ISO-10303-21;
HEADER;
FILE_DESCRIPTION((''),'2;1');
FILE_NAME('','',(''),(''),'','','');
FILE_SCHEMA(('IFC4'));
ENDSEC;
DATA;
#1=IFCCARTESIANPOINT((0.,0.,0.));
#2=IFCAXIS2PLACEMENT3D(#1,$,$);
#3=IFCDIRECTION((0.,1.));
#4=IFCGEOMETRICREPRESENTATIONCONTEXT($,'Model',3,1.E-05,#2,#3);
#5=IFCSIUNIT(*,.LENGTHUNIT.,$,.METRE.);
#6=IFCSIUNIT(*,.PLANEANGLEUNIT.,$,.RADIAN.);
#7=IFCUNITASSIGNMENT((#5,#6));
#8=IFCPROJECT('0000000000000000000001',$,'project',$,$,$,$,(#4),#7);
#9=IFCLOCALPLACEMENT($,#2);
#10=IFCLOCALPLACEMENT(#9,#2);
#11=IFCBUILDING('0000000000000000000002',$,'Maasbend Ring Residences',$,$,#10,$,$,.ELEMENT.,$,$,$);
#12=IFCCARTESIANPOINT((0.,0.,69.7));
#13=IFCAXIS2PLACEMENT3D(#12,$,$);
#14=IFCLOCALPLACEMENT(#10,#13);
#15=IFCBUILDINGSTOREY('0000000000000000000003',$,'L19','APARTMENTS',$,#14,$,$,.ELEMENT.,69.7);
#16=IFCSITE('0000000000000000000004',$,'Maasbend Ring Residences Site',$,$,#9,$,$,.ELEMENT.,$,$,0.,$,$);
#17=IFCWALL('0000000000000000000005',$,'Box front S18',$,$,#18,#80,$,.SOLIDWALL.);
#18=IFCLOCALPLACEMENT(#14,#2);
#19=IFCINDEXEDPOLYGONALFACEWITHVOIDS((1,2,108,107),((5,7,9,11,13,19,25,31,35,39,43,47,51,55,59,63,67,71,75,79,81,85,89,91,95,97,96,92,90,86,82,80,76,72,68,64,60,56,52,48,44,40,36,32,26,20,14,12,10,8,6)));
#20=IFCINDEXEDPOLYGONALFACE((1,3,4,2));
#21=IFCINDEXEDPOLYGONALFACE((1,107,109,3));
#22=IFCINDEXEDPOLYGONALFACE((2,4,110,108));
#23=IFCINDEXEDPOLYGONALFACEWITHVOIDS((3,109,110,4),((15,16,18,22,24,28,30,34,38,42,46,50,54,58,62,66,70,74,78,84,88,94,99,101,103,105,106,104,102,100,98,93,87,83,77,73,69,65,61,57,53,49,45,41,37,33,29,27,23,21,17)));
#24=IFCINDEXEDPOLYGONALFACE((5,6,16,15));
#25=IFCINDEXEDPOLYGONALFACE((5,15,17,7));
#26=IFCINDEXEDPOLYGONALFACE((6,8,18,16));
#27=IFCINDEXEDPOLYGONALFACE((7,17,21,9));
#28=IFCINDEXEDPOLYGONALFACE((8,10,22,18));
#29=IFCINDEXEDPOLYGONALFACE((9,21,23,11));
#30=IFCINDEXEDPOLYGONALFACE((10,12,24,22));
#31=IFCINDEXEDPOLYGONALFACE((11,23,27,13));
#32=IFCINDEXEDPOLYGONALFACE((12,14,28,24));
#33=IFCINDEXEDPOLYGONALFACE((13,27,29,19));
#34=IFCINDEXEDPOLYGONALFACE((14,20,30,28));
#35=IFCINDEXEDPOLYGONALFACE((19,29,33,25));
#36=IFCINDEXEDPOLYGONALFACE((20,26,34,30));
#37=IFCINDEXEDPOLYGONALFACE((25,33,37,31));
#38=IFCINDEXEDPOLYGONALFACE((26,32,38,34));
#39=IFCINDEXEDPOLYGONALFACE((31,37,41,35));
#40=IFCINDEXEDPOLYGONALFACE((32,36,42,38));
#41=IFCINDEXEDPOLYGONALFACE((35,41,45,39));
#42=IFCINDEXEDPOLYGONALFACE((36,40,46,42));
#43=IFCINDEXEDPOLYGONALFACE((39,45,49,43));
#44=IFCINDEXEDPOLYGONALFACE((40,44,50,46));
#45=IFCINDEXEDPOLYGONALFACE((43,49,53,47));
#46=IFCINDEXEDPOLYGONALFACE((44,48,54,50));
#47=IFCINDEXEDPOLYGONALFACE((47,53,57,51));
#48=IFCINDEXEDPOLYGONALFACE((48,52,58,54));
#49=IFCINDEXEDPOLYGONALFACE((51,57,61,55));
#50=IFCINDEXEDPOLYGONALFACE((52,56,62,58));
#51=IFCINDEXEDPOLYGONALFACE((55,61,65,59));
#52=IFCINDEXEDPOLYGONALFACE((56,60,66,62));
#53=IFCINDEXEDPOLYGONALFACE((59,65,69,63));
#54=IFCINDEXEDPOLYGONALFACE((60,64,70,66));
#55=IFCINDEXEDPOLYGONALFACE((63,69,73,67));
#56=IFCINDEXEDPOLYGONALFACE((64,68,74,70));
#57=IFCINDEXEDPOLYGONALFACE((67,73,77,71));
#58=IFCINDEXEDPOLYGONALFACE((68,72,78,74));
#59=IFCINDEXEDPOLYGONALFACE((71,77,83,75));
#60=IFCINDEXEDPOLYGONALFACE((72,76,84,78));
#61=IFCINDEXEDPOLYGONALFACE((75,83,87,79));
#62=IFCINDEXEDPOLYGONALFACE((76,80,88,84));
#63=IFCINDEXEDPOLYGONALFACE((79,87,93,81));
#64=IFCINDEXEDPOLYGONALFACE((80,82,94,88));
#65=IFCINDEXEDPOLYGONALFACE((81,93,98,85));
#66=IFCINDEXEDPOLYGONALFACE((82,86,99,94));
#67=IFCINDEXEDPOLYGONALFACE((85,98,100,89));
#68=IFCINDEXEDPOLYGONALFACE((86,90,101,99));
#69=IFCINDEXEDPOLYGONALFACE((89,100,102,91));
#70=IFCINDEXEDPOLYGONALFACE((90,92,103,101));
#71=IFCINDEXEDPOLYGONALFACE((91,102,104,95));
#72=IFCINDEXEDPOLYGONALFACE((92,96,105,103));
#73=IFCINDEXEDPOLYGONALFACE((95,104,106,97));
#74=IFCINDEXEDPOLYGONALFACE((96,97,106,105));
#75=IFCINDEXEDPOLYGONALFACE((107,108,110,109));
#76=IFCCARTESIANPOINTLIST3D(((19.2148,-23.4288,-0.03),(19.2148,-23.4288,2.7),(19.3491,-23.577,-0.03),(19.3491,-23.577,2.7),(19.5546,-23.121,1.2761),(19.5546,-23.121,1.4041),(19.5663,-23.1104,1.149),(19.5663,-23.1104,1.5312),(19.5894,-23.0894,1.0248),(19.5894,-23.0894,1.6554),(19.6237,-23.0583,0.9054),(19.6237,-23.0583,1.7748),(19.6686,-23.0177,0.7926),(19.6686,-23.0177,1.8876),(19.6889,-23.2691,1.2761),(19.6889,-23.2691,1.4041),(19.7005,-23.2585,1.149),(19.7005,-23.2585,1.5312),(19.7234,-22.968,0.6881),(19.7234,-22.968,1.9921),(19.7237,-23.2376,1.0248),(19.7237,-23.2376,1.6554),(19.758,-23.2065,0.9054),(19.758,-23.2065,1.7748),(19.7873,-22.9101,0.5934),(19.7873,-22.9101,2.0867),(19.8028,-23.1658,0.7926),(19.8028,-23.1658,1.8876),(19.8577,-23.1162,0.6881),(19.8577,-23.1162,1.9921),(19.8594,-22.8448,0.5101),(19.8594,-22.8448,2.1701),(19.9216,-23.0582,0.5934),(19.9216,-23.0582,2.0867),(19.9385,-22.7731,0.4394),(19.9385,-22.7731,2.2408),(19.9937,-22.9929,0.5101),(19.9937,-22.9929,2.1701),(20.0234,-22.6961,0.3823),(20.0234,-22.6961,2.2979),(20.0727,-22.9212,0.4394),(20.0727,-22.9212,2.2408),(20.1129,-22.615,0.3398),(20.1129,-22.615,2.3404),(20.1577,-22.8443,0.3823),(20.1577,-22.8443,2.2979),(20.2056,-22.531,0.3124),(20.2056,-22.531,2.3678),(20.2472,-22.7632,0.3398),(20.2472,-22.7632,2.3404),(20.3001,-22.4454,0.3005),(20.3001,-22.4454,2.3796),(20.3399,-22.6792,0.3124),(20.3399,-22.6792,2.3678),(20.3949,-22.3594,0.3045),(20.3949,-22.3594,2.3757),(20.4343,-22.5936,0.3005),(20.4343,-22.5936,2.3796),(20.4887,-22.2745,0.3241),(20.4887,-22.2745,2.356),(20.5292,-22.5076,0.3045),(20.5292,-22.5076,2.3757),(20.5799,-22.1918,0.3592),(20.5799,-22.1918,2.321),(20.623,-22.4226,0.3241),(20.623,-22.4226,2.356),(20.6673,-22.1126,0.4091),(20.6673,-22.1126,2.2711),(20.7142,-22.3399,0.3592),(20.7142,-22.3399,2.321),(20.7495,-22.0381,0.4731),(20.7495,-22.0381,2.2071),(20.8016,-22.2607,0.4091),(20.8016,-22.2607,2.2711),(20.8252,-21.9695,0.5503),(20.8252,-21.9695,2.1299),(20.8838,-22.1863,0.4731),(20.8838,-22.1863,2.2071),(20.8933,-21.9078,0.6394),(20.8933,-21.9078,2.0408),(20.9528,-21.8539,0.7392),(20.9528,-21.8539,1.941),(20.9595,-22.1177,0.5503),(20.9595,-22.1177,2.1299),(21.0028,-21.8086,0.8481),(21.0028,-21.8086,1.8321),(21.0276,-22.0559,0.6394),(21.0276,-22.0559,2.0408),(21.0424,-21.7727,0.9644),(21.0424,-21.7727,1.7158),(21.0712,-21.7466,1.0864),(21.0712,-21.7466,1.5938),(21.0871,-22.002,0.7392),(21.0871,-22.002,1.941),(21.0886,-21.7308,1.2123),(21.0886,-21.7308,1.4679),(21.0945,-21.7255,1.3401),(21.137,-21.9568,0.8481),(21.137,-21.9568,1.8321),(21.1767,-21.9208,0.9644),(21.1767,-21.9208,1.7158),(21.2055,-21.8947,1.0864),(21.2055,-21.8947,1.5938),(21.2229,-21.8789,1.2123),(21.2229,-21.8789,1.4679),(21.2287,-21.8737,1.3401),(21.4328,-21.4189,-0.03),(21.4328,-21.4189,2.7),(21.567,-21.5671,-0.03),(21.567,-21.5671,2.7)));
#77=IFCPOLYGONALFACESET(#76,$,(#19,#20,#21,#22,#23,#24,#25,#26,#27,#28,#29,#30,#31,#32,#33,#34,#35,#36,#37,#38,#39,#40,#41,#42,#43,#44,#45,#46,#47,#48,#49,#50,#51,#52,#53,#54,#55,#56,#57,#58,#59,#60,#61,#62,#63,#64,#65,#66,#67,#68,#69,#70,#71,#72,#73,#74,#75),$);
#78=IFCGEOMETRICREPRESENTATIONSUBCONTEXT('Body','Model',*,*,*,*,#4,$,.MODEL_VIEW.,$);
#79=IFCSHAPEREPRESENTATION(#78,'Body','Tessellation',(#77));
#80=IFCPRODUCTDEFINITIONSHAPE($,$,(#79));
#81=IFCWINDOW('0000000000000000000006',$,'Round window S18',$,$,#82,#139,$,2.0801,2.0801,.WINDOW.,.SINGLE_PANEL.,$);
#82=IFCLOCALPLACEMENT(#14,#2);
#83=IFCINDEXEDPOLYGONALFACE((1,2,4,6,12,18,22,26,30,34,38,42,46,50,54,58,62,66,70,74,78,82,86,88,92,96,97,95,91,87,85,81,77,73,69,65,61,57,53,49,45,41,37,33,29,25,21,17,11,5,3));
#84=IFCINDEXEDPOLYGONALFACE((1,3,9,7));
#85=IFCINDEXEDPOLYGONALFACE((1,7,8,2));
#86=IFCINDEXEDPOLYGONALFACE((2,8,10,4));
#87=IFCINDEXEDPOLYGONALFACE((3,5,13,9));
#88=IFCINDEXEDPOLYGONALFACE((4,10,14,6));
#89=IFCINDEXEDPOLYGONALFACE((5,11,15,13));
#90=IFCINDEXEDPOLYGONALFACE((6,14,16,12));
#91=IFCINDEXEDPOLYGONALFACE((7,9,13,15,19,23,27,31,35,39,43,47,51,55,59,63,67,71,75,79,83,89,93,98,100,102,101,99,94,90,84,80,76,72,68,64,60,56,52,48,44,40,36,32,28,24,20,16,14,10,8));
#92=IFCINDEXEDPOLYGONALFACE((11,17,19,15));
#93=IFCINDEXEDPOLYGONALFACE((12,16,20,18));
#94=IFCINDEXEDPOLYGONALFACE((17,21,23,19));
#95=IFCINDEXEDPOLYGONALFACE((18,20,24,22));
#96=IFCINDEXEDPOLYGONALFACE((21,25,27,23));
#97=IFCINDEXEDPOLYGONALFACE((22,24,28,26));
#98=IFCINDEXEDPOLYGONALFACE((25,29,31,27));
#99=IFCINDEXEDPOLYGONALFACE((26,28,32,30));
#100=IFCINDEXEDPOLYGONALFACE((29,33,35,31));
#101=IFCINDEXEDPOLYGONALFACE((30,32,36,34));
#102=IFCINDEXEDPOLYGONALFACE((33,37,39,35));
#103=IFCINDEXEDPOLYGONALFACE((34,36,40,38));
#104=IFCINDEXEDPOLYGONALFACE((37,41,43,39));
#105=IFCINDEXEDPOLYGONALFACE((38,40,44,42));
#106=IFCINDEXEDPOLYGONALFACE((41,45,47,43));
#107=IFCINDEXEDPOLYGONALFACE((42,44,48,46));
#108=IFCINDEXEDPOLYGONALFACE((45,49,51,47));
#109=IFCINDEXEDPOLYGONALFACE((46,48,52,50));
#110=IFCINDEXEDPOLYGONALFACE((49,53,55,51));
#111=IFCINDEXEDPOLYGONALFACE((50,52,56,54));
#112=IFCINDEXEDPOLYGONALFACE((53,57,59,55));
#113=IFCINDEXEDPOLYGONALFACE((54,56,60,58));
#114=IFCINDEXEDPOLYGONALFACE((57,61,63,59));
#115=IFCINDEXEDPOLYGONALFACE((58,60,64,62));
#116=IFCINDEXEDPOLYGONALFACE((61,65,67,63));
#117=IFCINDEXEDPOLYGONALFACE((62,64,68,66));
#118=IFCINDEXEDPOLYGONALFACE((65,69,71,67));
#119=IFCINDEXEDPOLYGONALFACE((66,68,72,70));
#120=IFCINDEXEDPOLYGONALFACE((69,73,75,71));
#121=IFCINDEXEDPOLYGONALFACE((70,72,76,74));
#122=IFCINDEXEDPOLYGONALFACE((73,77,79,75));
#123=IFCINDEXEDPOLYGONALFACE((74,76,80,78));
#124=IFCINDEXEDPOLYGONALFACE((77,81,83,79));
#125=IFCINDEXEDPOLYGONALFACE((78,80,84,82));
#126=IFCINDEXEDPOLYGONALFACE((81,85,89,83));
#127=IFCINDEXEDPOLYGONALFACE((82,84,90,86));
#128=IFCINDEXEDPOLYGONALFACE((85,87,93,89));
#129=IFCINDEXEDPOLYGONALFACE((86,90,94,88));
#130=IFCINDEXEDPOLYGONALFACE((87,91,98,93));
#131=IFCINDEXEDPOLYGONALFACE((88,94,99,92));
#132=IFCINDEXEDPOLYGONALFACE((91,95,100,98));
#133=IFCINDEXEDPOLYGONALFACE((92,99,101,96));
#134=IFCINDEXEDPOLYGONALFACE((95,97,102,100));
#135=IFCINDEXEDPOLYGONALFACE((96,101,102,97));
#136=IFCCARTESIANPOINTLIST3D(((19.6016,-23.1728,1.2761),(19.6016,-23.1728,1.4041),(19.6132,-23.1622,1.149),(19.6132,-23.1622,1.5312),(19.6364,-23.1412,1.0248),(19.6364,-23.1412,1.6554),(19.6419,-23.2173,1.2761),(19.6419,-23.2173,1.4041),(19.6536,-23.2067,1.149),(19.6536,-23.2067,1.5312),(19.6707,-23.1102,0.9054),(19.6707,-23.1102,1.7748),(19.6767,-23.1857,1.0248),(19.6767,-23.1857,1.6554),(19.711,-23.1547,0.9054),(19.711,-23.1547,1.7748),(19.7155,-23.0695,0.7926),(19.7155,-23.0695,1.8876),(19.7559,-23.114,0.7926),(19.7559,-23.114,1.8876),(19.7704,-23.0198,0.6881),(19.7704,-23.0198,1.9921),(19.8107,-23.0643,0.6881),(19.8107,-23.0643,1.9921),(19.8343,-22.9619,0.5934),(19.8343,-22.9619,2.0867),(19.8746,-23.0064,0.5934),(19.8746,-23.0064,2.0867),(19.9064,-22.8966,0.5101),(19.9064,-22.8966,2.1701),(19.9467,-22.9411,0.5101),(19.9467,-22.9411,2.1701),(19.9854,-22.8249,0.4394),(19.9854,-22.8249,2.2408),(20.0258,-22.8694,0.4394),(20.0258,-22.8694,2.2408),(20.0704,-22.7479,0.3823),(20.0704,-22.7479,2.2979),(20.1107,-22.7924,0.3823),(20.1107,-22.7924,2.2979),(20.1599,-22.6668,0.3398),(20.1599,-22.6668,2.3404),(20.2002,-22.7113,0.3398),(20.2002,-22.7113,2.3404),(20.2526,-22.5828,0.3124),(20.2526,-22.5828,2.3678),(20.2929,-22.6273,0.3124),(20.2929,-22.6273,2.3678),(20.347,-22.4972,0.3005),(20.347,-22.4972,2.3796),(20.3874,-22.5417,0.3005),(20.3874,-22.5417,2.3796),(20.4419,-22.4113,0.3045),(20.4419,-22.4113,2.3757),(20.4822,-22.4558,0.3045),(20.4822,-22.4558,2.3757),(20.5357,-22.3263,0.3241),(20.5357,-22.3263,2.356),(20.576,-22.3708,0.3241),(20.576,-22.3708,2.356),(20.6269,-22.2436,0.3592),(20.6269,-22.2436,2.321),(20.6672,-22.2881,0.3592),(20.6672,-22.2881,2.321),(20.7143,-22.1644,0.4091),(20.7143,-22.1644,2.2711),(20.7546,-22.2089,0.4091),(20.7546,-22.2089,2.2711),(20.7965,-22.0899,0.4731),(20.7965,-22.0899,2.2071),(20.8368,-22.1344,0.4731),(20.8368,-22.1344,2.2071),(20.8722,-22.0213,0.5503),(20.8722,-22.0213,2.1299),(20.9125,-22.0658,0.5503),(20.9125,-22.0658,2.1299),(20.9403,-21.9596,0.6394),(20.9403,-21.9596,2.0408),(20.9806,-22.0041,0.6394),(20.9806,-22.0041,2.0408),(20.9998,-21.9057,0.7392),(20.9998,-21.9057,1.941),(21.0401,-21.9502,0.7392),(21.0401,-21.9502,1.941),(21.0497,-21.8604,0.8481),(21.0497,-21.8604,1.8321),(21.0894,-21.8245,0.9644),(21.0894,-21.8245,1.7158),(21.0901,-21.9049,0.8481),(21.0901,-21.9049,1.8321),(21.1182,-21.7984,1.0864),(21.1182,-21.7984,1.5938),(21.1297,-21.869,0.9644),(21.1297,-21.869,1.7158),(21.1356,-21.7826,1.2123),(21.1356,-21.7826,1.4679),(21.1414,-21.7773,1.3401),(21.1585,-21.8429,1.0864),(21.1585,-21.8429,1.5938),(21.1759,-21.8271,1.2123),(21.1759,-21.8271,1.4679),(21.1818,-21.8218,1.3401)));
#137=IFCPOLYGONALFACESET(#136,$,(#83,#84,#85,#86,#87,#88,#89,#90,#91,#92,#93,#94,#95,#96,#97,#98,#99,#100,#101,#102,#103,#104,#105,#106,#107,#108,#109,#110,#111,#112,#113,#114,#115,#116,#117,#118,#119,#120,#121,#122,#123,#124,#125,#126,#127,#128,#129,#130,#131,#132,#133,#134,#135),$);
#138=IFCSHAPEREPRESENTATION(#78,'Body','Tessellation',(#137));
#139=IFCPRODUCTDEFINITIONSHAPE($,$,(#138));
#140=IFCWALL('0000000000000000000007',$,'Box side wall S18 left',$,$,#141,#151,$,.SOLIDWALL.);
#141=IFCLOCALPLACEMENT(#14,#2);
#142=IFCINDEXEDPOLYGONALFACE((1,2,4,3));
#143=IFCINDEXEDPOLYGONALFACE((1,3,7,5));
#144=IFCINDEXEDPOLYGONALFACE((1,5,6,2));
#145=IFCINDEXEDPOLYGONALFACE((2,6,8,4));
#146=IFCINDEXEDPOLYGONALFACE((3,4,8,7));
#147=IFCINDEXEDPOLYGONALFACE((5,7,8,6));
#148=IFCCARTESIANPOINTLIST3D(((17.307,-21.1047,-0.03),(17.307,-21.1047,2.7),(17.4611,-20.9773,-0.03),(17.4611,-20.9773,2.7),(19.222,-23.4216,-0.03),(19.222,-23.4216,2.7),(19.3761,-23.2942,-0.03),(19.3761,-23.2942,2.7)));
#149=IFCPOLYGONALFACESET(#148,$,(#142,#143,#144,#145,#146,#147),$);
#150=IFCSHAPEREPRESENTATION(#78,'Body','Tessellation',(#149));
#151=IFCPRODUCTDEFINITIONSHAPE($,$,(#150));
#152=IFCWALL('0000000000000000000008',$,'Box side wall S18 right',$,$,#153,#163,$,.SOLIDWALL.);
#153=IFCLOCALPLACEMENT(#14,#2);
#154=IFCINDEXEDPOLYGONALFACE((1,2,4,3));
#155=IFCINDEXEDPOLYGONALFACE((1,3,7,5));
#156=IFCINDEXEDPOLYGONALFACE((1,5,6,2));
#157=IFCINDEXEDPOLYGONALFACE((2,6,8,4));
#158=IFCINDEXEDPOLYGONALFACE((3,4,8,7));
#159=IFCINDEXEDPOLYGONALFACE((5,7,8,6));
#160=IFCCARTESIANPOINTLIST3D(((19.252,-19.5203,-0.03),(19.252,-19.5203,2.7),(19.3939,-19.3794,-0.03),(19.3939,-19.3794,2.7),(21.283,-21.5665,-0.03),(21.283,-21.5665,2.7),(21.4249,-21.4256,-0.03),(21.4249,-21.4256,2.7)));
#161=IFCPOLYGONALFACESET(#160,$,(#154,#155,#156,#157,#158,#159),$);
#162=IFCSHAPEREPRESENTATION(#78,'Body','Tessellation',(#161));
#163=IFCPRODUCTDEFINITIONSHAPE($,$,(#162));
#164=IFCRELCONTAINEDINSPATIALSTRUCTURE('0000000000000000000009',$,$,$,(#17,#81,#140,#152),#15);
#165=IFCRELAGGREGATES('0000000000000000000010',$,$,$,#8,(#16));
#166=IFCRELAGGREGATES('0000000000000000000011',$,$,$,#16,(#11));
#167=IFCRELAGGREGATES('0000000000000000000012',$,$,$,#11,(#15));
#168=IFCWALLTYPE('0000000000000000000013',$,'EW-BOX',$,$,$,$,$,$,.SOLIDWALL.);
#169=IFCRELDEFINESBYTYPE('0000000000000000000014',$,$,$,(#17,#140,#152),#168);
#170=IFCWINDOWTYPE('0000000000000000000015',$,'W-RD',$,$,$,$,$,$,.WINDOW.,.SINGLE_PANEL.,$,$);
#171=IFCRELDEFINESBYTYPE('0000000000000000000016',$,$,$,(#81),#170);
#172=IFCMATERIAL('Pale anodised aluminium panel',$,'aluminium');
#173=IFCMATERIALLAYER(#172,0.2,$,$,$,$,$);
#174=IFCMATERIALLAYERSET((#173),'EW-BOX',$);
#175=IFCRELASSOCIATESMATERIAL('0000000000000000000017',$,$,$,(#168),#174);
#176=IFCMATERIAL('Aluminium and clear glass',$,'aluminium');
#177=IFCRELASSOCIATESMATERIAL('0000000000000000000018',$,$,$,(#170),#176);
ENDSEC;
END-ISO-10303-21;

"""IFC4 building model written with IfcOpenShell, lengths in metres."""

from ifc_helpers import new_model, si_unit, direction, frame, frame_2d, origin, place, context, subcontext, project, spatial, rectangle, circle, extrude, material, layer, layer_set, type_object, element, fill, save


model = new_model("IFC4")

# Units and contexts
model_context = context("Model", 3, precision=1e-05, world=origin(), true_north=direction((0.0, 1.0)))
body_context = subcontext(model_context, "Body", "Model", "MODEL_VIEW")
ifc_project = project(units=[si_unit("LENGTHUNIT", "METRE"), si_unit("PLANEANGLEUNIT", "RADIAN")], contexts=[model_context])

# Site, building, storey
site_placement = place(None, origin())
site = spatial("IfcSite", under=ifc_project, at=site_placement, Name="Maasbend Ring Residences Site", CompositionType="ELEMENT", RefElevation=0.0)
building_placement = place(site_placement, origin())
building = spatial("IfcBuilding", under=site, at=building_placement, Name="Maasbend Ring Residences", CompositionType="ELEMENT")
storey_placement = place(building_placement, frame((0.0, 0.0, 69.7)))
storey = spatial("IfcBuildingStorey", under=building, at=storey_placement, Name="L19", Description="APARTMENTS", CompositionType="ELEMENT", Elevation=69.7)

# Shared definitions
ifc_material_1 = material(Name="Pale anodised aluminium panel", Category="aluminium")
ifc_layer_1 = layer(ifc_material_1, 0.2)
ifc_layer_set_1 = layer_set([ifc_layer_1], Name="EW-BOX")
wall_type_1 = type_object("IfcWallType", Name="EW-BOX", PredefinedType="SOLIDWALL", material=ifc_layer_set_1)
ifc_material_2 = material(Name="Aluminium and clear glass", Category="aluminium")
window_type_1 = type_object("IfcWindowType", Name="W-RD", PartitioningType="SINGLE_PANEL", PredefinedType="WINDOW", material=ifc_material_2)

# Wall, opening, window
wall_1_placement = place(storey_placement, frame((19.282, -23.5029, -0.03), z_axis=(0.0, 0.0, 1.0), x_axis=(0.740998, 0.671507, 0.0)))
wall_1 = element("IfcWall", 1, at=wall_1_placement, inside=storey, type_object=wall_type_1, Name="Box front S18", PredefinedType="SOLIDWALL", context=body_context, shape_type="SweptSolid", body=[
    extrude(rectangle(XDim=2.9932, YDim=0.2, at=frame_2d((1.4966, 0.0))), origin(), (0.0, 0.0, 1.0), 2.73),
])
opening_1_placement = place(wall_1_placement, frame((0.4565, 0.0, 0.3301)))
opening_1 = element("IfcOpeningElement", 2, at=opening_1_placement, cuts=wall_1, PredefinedType="OPENING", context=body_context, shape_type="SweptSolid", body=[
    extrude(circle(Radius=1.04, at=frame_2d((1.04, 1.04))), frame((0.0, 0.1099, 0.0), z_axis=(0.0, -1.0, 0.0), x_axis=(1.0, 0.0, 0.0)), (0.0, 0.0, 1.0), 0.22),
])
window_1_placement = place(opening_1_placement, origin())
window_1 = element("IfcWindow", 3, at=window_1_placement, inside=storey, type_object=window_type_1, Name="Round window S18", OverallHeight=2.0801, OverallWidth=2.0801, PartitioningType="SINGLE_PANEL", PredefinedType="WINDOW", context=body_context, shape_type="SweptSolid", body=[
    extrude(circle(Radius=1.04, at=frame_2d((1.04, 1.04))), frame((0.0, 0.03, 0.0), z_axis=(0.0, -1.0, 0.0), x_axis=(1.0, 0.0, 0.0)), (0.0, 0.0, 1.0), 0.0601),
])
fill(opening_1, window_1)

# Walls
wall_2_placement = place(storey_placement, frame((17.384, -21.041, -0.03), z_axis=(0.0, 0.0, 1.0), x_axis=(0.637096, -0.770785, 0.0)))
element("IfcWall", 4, at=wall_2_placement, inside=storey, type_object=wall_type_1, Name="Box side wall S18 left", PredefinedType="SOLIDWALL", context=body_context, shape_type="SweptSolid", body=[
    extrude(rectangle(XDim=3.0059, YDim=0.2, at=frame_2d((1.5029, 0.0))), origin(), (0.0, 0.0, 1.0), 2.73),
])
wall_3_placement = place(storey_placement, frame((19.323, -19.45, -0.03), z_axis=(0.0, 0.0, 1.0), x_axis=(0.704477, -0.709727, 0.0)))
element("IfcWall", 5, at=wall_3_placement, inside=storey, type_object=wall_type_1, Name="Box side wall S18 right", PredefinedType="SOLIDWALL", context=body_context, shape_type="SweptSolid", body=[
    extrude(rectangle(XDim=2.8831, YDim=0.2, at=frame_2d((1.4414, 0.0))), origin(), (0.0, 0.0, 1.0), 2.73),
])

save(model, "model.ifc")
